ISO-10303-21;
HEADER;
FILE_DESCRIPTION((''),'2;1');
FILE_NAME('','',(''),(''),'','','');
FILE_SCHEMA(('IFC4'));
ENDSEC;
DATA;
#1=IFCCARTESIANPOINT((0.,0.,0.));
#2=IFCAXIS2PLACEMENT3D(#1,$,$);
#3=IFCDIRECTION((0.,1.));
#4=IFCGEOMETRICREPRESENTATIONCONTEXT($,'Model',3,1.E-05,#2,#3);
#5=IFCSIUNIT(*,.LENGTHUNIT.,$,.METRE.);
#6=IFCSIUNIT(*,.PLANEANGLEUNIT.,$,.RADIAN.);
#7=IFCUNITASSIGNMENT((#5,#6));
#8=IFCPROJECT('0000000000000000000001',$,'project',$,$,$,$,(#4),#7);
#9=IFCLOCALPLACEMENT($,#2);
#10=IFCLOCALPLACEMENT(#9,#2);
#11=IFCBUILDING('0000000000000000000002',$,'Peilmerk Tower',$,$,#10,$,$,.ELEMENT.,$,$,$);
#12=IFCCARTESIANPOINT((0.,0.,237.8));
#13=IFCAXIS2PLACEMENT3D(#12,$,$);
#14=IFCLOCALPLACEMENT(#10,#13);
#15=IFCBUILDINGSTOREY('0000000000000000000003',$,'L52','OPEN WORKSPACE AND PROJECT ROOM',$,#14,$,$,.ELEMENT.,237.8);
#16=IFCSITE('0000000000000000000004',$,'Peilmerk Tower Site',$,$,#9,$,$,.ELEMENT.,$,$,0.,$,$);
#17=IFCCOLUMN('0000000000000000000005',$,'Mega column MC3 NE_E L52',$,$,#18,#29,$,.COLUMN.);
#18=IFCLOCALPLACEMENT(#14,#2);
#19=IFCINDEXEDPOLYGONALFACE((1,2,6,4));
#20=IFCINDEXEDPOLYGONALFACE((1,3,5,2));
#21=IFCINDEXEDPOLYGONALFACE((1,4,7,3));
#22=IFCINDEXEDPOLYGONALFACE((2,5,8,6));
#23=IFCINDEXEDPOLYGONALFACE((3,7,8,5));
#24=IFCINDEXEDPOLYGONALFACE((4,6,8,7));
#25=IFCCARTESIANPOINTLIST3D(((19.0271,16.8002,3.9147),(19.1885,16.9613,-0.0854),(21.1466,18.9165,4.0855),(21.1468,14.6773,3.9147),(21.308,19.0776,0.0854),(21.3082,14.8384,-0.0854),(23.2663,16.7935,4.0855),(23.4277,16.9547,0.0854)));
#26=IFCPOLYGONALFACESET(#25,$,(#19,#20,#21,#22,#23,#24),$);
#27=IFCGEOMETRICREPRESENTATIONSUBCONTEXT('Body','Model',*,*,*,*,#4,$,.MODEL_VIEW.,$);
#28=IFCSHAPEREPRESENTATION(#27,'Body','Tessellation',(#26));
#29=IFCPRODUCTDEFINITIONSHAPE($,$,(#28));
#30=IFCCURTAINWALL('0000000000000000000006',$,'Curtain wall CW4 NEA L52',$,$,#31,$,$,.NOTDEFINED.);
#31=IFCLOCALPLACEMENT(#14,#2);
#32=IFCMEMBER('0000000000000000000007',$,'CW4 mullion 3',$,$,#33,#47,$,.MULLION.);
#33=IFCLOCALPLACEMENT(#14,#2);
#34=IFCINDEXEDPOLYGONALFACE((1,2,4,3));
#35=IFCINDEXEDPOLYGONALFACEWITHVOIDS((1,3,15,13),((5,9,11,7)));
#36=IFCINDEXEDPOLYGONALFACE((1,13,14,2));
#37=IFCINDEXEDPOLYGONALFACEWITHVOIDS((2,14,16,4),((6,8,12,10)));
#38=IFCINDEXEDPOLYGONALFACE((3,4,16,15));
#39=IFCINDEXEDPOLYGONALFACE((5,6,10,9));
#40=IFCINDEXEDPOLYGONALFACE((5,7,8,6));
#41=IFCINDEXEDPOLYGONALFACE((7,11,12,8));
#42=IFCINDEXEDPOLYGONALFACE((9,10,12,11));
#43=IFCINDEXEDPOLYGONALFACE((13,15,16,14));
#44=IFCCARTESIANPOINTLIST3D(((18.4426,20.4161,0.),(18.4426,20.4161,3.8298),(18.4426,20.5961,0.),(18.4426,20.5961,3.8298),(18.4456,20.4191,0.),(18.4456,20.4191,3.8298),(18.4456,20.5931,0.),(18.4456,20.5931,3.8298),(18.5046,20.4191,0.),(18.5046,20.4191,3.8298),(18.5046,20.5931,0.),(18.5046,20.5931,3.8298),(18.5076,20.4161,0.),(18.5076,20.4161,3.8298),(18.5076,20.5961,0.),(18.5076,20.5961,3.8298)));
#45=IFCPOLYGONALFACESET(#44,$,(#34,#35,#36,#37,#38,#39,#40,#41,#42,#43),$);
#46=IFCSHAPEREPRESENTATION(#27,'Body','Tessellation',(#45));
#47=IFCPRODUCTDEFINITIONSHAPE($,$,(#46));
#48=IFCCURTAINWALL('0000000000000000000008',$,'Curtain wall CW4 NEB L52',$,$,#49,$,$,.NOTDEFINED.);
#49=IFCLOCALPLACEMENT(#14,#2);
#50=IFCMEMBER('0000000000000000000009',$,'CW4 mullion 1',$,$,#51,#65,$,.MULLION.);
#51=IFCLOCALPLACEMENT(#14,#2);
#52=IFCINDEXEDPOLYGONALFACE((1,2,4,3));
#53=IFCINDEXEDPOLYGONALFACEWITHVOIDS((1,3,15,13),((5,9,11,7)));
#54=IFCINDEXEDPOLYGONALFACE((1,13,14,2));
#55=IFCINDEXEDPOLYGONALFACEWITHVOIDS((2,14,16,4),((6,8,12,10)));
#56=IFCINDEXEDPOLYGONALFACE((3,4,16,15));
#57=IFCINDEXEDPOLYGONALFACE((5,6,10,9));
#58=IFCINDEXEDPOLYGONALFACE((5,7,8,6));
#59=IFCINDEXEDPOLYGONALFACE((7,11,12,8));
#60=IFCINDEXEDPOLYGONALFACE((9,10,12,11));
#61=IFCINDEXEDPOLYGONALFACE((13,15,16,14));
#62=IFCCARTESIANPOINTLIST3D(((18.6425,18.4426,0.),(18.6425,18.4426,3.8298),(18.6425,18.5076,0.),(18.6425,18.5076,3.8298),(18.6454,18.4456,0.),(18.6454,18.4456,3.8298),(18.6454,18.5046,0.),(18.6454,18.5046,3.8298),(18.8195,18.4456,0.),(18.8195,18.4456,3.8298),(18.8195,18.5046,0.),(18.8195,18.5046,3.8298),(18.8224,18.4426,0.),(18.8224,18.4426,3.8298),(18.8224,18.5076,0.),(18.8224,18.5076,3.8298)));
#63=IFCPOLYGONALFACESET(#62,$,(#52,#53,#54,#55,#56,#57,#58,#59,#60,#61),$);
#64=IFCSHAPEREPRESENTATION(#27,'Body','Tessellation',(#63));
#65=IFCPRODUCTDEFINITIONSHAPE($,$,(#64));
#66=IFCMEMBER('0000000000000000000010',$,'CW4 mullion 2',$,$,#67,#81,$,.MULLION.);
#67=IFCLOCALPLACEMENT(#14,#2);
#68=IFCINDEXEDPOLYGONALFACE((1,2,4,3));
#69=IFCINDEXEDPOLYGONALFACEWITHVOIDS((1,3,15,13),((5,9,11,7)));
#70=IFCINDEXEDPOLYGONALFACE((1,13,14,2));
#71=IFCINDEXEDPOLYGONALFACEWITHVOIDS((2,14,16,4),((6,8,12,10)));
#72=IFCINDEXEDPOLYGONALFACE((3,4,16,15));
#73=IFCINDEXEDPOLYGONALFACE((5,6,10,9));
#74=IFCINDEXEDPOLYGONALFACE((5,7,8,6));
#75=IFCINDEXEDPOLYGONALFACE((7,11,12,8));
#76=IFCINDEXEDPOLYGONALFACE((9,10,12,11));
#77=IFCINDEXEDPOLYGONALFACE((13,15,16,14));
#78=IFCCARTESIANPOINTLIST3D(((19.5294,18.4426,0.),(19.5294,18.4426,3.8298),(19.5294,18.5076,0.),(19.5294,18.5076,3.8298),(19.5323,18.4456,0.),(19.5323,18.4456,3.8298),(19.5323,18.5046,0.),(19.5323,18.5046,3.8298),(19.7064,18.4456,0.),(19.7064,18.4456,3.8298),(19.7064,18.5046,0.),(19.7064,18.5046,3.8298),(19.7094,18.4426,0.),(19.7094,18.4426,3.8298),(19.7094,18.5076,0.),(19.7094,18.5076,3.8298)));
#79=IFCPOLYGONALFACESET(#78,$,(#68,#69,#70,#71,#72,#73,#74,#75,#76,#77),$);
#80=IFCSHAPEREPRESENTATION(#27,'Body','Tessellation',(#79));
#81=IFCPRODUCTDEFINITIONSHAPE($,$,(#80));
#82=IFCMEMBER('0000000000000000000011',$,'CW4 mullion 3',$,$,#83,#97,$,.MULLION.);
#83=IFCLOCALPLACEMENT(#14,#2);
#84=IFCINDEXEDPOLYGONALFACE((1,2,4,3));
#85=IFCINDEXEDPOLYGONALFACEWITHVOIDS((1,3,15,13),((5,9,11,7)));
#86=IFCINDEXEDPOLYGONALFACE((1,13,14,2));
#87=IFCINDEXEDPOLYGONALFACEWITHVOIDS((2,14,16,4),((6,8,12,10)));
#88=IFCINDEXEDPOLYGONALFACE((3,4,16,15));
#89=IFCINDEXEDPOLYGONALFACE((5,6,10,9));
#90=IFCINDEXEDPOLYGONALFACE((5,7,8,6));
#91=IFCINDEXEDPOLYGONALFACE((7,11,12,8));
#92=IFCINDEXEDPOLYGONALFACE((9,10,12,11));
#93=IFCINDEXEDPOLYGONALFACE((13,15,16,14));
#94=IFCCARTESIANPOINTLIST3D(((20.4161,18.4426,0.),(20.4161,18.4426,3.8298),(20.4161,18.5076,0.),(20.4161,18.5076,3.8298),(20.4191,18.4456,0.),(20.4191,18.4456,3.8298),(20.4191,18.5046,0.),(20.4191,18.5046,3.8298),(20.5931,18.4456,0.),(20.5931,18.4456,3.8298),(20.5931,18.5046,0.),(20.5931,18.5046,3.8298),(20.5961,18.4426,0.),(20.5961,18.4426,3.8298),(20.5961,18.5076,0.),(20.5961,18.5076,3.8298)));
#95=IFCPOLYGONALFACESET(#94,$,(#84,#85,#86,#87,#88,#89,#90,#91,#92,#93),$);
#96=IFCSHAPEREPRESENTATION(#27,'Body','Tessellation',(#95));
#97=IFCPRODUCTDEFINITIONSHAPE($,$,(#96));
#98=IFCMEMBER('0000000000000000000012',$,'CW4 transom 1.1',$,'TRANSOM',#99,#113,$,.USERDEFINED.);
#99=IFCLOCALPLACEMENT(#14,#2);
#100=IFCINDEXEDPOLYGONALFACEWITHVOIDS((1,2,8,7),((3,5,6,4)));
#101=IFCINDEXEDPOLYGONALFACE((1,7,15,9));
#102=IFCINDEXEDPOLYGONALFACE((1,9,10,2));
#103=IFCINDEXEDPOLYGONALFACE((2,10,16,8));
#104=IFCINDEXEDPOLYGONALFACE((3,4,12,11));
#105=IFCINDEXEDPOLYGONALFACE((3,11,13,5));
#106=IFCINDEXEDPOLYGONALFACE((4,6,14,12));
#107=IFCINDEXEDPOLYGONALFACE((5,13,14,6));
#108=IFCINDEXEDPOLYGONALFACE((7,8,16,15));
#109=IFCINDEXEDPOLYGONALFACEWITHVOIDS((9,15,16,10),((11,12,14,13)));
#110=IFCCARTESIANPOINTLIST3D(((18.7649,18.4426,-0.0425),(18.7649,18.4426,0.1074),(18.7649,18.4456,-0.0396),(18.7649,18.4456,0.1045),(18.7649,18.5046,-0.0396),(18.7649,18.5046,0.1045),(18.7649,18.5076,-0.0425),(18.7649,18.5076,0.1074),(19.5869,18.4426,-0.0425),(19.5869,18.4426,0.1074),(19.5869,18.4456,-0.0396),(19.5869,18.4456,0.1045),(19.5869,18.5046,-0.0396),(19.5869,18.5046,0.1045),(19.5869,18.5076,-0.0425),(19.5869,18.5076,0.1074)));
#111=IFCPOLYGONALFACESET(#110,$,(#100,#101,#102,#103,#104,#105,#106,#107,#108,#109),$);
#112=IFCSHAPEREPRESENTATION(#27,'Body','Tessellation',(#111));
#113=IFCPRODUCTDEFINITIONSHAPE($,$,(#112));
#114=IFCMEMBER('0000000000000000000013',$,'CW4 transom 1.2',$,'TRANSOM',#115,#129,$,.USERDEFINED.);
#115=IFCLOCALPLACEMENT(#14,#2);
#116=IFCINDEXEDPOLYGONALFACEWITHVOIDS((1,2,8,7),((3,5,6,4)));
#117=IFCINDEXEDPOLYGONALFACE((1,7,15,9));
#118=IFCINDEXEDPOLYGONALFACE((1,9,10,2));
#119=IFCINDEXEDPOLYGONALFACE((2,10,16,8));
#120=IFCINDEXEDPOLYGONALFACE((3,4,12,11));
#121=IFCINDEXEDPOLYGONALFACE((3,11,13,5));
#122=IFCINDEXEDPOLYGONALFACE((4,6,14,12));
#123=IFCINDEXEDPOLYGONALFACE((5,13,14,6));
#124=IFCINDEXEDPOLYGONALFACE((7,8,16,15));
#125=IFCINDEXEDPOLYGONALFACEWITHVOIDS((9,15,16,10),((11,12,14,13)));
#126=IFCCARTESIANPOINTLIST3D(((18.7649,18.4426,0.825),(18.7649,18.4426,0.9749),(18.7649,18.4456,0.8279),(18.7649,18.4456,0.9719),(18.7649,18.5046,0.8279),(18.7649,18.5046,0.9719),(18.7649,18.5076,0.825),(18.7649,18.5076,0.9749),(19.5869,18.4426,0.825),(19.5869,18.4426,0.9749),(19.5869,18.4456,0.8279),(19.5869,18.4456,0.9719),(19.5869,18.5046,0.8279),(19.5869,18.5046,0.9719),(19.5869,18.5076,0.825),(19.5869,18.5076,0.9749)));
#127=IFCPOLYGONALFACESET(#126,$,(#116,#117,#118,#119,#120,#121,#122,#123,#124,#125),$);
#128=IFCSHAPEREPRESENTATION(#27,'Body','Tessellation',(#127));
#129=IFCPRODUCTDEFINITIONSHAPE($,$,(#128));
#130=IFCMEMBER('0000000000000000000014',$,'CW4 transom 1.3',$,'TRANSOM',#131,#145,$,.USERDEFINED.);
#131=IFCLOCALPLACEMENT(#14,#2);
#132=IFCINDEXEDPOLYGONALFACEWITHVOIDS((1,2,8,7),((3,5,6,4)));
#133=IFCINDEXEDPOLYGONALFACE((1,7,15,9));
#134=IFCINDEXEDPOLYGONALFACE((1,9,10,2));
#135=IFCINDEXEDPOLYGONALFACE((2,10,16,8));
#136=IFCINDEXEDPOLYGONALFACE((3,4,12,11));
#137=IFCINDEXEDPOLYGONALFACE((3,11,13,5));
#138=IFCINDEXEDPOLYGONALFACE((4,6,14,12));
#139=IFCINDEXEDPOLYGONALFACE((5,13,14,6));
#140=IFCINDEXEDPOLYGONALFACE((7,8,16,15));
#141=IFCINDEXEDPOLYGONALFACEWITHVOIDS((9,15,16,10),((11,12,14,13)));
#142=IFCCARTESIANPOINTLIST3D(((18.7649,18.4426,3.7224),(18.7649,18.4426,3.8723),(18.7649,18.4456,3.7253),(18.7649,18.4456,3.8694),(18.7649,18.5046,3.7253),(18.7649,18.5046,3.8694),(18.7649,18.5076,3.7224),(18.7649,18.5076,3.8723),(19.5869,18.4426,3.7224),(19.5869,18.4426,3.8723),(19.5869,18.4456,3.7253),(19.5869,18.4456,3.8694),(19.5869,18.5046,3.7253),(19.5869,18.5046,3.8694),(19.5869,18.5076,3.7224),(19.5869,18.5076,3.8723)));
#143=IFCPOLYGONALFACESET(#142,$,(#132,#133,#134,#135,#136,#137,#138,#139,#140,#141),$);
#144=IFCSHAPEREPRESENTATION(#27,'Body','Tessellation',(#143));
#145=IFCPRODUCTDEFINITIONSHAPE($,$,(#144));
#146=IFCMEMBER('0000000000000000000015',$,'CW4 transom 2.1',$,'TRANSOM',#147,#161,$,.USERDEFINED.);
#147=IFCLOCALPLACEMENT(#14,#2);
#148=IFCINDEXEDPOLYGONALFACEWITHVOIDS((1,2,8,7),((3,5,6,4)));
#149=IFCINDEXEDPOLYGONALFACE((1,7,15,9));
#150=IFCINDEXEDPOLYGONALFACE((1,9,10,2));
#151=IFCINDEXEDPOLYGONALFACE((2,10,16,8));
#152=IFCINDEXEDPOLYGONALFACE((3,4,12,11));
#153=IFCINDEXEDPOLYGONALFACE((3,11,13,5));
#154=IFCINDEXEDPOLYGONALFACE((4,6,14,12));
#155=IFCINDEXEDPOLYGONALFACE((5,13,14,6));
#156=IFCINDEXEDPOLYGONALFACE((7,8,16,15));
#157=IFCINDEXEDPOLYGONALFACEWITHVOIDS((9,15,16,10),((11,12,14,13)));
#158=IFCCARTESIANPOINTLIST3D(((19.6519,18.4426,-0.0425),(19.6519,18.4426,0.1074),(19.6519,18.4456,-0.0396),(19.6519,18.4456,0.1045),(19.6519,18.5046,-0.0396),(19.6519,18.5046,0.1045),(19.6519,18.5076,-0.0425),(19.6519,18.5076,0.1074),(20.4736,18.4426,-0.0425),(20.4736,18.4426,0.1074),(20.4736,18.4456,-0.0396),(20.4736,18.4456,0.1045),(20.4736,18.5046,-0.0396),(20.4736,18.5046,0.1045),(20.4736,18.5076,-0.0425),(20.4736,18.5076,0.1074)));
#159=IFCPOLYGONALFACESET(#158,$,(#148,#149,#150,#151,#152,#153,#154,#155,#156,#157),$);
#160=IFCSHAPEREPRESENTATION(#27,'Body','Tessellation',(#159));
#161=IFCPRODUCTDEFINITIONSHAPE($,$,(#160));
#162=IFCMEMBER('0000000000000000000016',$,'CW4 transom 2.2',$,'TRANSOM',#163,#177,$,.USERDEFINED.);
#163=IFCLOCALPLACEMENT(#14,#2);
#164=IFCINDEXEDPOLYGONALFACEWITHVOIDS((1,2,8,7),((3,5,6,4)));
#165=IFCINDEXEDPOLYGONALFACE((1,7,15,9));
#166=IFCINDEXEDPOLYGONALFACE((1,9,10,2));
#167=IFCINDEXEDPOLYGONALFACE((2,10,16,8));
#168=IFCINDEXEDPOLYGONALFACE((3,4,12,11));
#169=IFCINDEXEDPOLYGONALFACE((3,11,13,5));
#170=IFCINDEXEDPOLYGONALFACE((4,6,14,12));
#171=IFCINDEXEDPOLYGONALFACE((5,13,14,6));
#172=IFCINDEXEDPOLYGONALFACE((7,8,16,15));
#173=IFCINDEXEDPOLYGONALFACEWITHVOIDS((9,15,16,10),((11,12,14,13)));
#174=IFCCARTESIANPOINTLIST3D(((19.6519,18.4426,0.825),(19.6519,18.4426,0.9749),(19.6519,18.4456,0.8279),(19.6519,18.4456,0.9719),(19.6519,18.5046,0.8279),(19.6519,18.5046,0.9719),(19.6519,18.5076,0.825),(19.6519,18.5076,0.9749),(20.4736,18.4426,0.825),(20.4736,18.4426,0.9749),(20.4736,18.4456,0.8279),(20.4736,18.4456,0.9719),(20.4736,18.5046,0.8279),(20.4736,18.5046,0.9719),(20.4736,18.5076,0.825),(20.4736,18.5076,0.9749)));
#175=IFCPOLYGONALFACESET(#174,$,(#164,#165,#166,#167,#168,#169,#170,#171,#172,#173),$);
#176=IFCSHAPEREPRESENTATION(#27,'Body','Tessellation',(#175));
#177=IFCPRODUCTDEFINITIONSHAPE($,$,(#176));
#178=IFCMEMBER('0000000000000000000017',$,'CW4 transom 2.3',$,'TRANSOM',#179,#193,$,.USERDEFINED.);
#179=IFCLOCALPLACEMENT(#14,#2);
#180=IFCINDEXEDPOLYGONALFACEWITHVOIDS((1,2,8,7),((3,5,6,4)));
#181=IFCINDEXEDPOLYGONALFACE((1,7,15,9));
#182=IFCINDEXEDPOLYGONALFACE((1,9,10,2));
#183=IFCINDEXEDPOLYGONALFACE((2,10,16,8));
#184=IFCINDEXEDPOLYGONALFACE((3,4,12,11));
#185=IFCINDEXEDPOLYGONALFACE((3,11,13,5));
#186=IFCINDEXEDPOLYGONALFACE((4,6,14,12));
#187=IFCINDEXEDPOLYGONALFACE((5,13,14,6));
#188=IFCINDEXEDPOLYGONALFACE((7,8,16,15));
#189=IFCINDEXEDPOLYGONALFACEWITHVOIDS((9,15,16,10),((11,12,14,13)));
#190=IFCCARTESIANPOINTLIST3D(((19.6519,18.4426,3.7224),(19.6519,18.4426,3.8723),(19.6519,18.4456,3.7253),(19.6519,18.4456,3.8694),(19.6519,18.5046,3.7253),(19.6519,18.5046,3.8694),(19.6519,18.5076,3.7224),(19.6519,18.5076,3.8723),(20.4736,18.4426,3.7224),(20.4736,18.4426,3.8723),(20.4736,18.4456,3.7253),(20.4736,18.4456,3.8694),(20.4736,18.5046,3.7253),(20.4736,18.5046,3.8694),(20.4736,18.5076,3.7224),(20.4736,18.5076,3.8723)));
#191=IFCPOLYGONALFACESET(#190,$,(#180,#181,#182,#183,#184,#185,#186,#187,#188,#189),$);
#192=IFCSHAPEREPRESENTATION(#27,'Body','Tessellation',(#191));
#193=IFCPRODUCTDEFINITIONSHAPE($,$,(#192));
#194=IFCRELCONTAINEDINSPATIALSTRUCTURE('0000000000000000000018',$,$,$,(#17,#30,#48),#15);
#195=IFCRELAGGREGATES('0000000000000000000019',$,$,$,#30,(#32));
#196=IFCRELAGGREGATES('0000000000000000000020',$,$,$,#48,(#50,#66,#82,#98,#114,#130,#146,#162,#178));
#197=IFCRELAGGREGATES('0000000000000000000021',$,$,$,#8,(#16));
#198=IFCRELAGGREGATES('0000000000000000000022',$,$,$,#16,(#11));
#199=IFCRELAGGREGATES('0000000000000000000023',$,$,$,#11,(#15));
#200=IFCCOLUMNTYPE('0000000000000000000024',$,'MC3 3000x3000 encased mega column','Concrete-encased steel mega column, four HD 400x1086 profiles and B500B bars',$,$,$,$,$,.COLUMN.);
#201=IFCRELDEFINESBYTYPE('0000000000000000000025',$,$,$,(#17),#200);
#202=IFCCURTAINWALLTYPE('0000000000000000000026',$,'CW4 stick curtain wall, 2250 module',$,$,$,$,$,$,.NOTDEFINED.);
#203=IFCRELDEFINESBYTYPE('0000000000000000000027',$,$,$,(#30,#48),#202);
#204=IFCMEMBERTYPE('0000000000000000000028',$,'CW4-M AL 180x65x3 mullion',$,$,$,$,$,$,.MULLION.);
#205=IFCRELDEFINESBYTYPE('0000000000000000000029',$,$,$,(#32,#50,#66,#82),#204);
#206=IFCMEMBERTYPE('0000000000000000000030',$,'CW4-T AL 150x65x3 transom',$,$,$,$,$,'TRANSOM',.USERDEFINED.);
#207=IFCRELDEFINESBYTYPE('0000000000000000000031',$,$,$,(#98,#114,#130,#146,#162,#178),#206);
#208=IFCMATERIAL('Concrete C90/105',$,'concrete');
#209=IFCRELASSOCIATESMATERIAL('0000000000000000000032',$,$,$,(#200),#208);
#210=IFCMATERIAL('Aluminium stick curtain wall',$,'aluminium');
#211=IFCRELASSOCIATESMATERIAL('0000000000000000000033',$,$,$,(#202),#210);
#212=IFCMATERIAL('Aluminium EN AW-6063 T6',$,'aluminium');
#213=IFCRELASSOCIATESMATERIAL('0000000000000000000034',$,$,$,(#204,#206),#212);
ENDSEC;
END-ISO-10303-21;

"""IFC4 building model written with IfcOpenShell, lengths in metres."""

from ifc_helpers import new_model, si_unit, direction, frame, origin, origin_2d, place, context, subcontext, project, spatial, rectangle, hollow_rectangle, extrude, material, material_profile, profile_set, type_object, element, aggregate, save


model = new_model("IFC4")

# Units and contexts
model_context = context("Model", 3, precision=1e-05, world=origin(), true_north=direction((0.0, 1.0)))
body_context = subcontext(model_context, "Body", "Model", "MODEL_VIEW")
ifc_project = project(units=[si_unit("LENGTHUNIT", "METRE"), si_unit("PLANEANGLEUNIT", "RADIAN")], contexts=[model_context])

# Site, building, storey
site_placement = place(None, origin())
site = spatial("IfcSite", under=ifc_project, at=site_placement, Name="Peilmerk Tower Site", CompositionType="ELEMENT", RefElevation=0.0)
building_placement = place(site_placement, origin())
building = spatial("IfcBuilding", under=site, at=building_placement, Name="Peilmerk Tower", CompositionType="ELEMENT")
storey_placement = place(building_placement, frame((0.0, 0.0, 237.8)))
storey = spatial("IfcBuildingStorey", under=building, at=storey_placement, Name="L52", Description="OPEN WORKSPACE AND PROJECT ROOM", CompositionType="ELEMENT", Elevation=237.8)

# Column
ifc_material_1 = material(Name="Concrete C90/105", Category="concrete")
ifc_material_profile_1 = material_profile(ifc_material_1, rectangle(XDim=3.0, YDim=3.0, at=origin_2d()), Name="RC 3000x3000")
ifc_profile_set_1 = profile_set([ifc_material_profile_1], Name="Concrete C90/105")
column_type = type_object("IfcColumnType", Name="MC3 3000x3000 encased mega column", Description="Concrete-encased steel mega column, four HD 400x1086 profiles and B500B bars", PredefinedType="COLUMN", material=ifc_profile_set_1)
column_placement = place(storey_placement, frame((21.3081, 16.958, 0.0), z_axis=(-0.040279, -0.040218, 0.998379), x_axis=(0.706571, -0.707642, 0.0)))
element("IfcColumn", 1, at=column_placement, inside=storey, type_object=column_type, Name="Mega column MC3 NE_E L52", PredefinedType="COLUMN", context=body_context, shape_type="SweptSolid", body=[
    extrude(rectangle(XDim=3.0, YDim=3.0, at=origin_2d()), origin(), (0.0, 0.0, 1.0), 4.0066),
])

# Curtain wall, member
ifc_material_2 = material(Name="Aluminium stick curtain wall", Category="aluminium")
curtain_wall_type = type_object("IfcCurtainWallType", Name="CW4 stick curtain wall, 2250 module", PredefinedType="NOTDEFINED", material=ifc_material_2)
curtain_wall_1_placement = place(storey_placement, origin())
curtain_wall_1 = element("IfcCurtainWall", 2, at=curtain_wall_1_placement, inside=storey, type_object=curtain_wall_type, Name="Curtain wall CW4 NEA L52", PredefinedType="NOTDEFINED")
ifc_material_3 = material(Name="Aluminium EN AW-6063 T6", Category="aluminium")
ifc_material_profile_2 = material_profile(ifc_material_3, hollow_rectangle(XDim=0.0649, YDim=0.1799, WallThickness=0.0029, at=origin_2d()), Name="AL 180x65x3")
ifc_profile_set_2 = profile_set([ifc_material_profile_2], Name="Aluminium EN AW-6063 T6")
member_type_1 = type_object("IfcMemberType", Name="CW4-M AL 180x65x3 mullion", PredefinedType="MULLION", material=ifc_profile_set_2)
member_1_placement = place(storey_placement, frame((18.4751, 20.5061, 0.0), z_axis=(0.0, 0.0, 1.0), x_axis=(-1.0, 0.0, 0.0)))
member_1 = element("IfcMember", 3, at=member_1_placement, type_object=member_type_1, Name="CW4 mullion 3", PredefinedType="MULLION", context=body_context, shape_type="SweptSolid", body=[
    extrude(hollow_rectangle(XDim=0.0649, YDim=0.1799, WallThickness=0.0029, at=origin_2d()), origin(), (0.0, 0.0, 1.0), 3.8298),
])

# Curtain wall, members
curtain_wall_2_placement = place(storey_placement, origin())
curtain_wall_2 = element("IfcCurtainWall", 4, at=curtain_wall_2_placement, inside=storey, type_object=curtain_wall_type, Name="Curtain wall CW4 NEB L52", PredefinedType="NOTDEFINED")
member_2_placement = place(storey_placement, frame((18.7324, 18.4751, 0.0), z_axis=(0.0, 0.0, 1.0), x_axis=(0.0, 1.0, 0.0)))
member_2 = element("IfcMember", 5, at=member_2_placement, type_object=member_type_1, Name="CW4 mullion 1", PredefinedType="MULLION", context=body_context, shape_type="SweptSolid", body=[
    extrude(hollow_rectangle(XDim=0.0649, YDim=0.1799, WallThickness=0.0029, at=origin_2d()), origin(), (0.0, 0.0, 1.0), 3.8298),
])
member_3_placement = place(storey_placement, frame((19.6194, 18.4751, 0.0), z_axis=(0.0, 0.0, 1.0), x_axis=(0.0, 1.0, 0.0)))
member_3 = element("IfcMember", 6, at=member_3_placement, type_object=member_type_1, Name="CW4 mullion 2", PredefinedType="MULLION", context=body_context, shape_type="SweptSolid", body=[
    extrude(hollow_rectangle(XDim=0.0649, YDim=0.1799, WallThickness=0.0029, at=origin_2d()), origin(), (0.0, 0.0, 1.0), 3.8298),
])
member_4_placement = place(storey_placement, frame((20.5061, 18.4751, 0.0), z_axis=(0.0, 0.0, 1.0), x_axis=(0.0, 1.0, 0.0)))
member_4 = element("IfcMember", 7, at=member_4_placement, type_object=member_type_1, Name="CW4 mullion 3", PredefinedType="MULLION", context=body_context, shape_type="SweptSolid", body=[
    extrude(hollow_rectangle(XDim=0.0649, YDim=0.1799, WallThickness=0.0029, at=origin_2d()), origin(), (0.0, 0.0, 1.0), 3.8298),
])
ifc_material_profile_3 = material_profile(ifc_material_3, hollow_rectangle(XDim=0.0649, YDim=0.1499, WallThickness=0.0029, at=origin_2d()), Name="AL 150x65x3")
ifc_profile_set_3 = profile_set([ifc_material_profile_3], Name="Aluminium EN AW-6063 T6")
member_type_2 = type_object("IfcMemberType", Name="CW4-T AL 150x65x3 transom", ElementType="TRANSOM", PredefinedType="USERDEFINED", material=ifc_profile_set_3)
member_5_placement = place(storey_placement, frame((18.7649, 18.4751, 0.0325), z_axis=(1.0, 0.0, 0.0), x_axis=(0.0, 1.0, 0.0)))
member_5 = element("IfcMember", 8, at=member_5_placement, type_object=member_type_2, Name="CW4 transom 1.1", ObjectType="TRANSOM", PredefinedType="USERDEFINED", context=body_context, shape_type="SweptSolid", body=[
    extrude(hollow_rectangle(XDim=0.0649, YDim=0.1499, WallThickness=0.0029, at=origin_2d()), origin(), (0.0, 0.0, 1.0), 0.822),
])
member_6_placement = place(storey_placement, frame((18.7649, 18.4751, 0.8999), z_axis=(1.0, 0.0, 0.0), x_axis=(0.0, 1.0, 0.0)))
member_6 = element("IfcMember", 9, at=member_6_placement, type_object=member_type_2, Name="CW4 transom 1.2", ObjectType="TRANSOM", PredefinedType="USERDEFINED", context=body_context, shape_type="SweptSolid", body=[
    extrude(hollow_rectangle(XDim=0.0649, YDim=0.1499, WallThickness=0.0029, at=origin_2d()), origin(), (0.0, 0.0, 1.0), 0.822),
])
member_7_placement = place(storey_placement, frame((18.7649, 18.4751, 3.7974), z_axis=(1.0, 0.0, 0.0), x_axis=(0.0, 1.0, 0.0)))
member_7 = element("IfcMember", 10, at=member_7_placement, type_object=member_type_2, Name="CW4 transom 1.3", ObjectType="TRANSOM", PredefinedType="USERDEFINED", context=body_context, shape_type="SweptSolid", body=[
    extrude(hollow_rectangle(XDim=0.0649, YDim=0.1499, WallThickness=0.0029, at=origin_2d()), origin(), (0.0, 0.0, 1.0), 0.822),
])
member_8_placement = place(storey_placement, frame((19.6519, 18.4751, 0.0325), z_axis=(1.0, 0.0, 0.0), x_axis=(0.0, 1.0, 0.0)))
member_8 = element("IfcMember", 11, at=member_8_placement, type_object=member_type_2, Name="CW4 transom 2.1", ObjectType="TRANSOM", PredefinedType="USERDEFINED", context=body_context, shape_type="SweptSolid", body=[
    extrude(hollow_rectangle(XDim=0.0649, YDim=0.1499, WallThickness=0.0029, at=origin_2d()), origin(), (0.0, 0.0, 1.0), 0.8218),
])
member_9_placement = place(storey_placement, frame((19.6519, 18.4751, 0.8999), z_axis=(1.0, 0.0, 0.0), x_axis=(0.0, 1.0, 0.0)))
member_9 = element("IfcMember", 12, at=member_9_placement, type_object=member_type_2, Name="CW4 transom 2.2", ObjectType="TRANSOM", PredefinedType="USERDEFINED", context=body_context, shape_type="SweptSolid", body=[
    extrude(hollow_rectangle(XDim=0.0649, YDim=0.1499, WallThickness=0.0029, at=origin_2d()), origin(), (0.0, 0.0, 1.0), 0.8218),
])
member_10_placement = place(storey_placement, frame((19.6519, 18.4751, 3.7974), z_axis=(1.0, 0.0, 0.0), x_axis=(0.0, 1.0, 0.0)))
member_10 = element("IfcMember", 13, at=member_10_placement, type_object=member_type_2, Name="CW4 transom 2.3", ObjectType="TRANSOM", PredefinedType="USERDEFINED", context=body_context, shape_type="SweptSolid", body=[
    extrude(hollow_rectangle(XDim=0.0649, YDim=0.1499, WallThickness=0.0029, at=origin_2d()), origin(), (0.0, 0.0, 1.0), 0.8218),
])

aggregate(curtain_wall_1, [member_1])
aggregate(curtain_wall_2, [member_2, member_3, member_4, member_5, member_6, member_7, member_8, member_9, member_10])

save(model, "model.ifc")
